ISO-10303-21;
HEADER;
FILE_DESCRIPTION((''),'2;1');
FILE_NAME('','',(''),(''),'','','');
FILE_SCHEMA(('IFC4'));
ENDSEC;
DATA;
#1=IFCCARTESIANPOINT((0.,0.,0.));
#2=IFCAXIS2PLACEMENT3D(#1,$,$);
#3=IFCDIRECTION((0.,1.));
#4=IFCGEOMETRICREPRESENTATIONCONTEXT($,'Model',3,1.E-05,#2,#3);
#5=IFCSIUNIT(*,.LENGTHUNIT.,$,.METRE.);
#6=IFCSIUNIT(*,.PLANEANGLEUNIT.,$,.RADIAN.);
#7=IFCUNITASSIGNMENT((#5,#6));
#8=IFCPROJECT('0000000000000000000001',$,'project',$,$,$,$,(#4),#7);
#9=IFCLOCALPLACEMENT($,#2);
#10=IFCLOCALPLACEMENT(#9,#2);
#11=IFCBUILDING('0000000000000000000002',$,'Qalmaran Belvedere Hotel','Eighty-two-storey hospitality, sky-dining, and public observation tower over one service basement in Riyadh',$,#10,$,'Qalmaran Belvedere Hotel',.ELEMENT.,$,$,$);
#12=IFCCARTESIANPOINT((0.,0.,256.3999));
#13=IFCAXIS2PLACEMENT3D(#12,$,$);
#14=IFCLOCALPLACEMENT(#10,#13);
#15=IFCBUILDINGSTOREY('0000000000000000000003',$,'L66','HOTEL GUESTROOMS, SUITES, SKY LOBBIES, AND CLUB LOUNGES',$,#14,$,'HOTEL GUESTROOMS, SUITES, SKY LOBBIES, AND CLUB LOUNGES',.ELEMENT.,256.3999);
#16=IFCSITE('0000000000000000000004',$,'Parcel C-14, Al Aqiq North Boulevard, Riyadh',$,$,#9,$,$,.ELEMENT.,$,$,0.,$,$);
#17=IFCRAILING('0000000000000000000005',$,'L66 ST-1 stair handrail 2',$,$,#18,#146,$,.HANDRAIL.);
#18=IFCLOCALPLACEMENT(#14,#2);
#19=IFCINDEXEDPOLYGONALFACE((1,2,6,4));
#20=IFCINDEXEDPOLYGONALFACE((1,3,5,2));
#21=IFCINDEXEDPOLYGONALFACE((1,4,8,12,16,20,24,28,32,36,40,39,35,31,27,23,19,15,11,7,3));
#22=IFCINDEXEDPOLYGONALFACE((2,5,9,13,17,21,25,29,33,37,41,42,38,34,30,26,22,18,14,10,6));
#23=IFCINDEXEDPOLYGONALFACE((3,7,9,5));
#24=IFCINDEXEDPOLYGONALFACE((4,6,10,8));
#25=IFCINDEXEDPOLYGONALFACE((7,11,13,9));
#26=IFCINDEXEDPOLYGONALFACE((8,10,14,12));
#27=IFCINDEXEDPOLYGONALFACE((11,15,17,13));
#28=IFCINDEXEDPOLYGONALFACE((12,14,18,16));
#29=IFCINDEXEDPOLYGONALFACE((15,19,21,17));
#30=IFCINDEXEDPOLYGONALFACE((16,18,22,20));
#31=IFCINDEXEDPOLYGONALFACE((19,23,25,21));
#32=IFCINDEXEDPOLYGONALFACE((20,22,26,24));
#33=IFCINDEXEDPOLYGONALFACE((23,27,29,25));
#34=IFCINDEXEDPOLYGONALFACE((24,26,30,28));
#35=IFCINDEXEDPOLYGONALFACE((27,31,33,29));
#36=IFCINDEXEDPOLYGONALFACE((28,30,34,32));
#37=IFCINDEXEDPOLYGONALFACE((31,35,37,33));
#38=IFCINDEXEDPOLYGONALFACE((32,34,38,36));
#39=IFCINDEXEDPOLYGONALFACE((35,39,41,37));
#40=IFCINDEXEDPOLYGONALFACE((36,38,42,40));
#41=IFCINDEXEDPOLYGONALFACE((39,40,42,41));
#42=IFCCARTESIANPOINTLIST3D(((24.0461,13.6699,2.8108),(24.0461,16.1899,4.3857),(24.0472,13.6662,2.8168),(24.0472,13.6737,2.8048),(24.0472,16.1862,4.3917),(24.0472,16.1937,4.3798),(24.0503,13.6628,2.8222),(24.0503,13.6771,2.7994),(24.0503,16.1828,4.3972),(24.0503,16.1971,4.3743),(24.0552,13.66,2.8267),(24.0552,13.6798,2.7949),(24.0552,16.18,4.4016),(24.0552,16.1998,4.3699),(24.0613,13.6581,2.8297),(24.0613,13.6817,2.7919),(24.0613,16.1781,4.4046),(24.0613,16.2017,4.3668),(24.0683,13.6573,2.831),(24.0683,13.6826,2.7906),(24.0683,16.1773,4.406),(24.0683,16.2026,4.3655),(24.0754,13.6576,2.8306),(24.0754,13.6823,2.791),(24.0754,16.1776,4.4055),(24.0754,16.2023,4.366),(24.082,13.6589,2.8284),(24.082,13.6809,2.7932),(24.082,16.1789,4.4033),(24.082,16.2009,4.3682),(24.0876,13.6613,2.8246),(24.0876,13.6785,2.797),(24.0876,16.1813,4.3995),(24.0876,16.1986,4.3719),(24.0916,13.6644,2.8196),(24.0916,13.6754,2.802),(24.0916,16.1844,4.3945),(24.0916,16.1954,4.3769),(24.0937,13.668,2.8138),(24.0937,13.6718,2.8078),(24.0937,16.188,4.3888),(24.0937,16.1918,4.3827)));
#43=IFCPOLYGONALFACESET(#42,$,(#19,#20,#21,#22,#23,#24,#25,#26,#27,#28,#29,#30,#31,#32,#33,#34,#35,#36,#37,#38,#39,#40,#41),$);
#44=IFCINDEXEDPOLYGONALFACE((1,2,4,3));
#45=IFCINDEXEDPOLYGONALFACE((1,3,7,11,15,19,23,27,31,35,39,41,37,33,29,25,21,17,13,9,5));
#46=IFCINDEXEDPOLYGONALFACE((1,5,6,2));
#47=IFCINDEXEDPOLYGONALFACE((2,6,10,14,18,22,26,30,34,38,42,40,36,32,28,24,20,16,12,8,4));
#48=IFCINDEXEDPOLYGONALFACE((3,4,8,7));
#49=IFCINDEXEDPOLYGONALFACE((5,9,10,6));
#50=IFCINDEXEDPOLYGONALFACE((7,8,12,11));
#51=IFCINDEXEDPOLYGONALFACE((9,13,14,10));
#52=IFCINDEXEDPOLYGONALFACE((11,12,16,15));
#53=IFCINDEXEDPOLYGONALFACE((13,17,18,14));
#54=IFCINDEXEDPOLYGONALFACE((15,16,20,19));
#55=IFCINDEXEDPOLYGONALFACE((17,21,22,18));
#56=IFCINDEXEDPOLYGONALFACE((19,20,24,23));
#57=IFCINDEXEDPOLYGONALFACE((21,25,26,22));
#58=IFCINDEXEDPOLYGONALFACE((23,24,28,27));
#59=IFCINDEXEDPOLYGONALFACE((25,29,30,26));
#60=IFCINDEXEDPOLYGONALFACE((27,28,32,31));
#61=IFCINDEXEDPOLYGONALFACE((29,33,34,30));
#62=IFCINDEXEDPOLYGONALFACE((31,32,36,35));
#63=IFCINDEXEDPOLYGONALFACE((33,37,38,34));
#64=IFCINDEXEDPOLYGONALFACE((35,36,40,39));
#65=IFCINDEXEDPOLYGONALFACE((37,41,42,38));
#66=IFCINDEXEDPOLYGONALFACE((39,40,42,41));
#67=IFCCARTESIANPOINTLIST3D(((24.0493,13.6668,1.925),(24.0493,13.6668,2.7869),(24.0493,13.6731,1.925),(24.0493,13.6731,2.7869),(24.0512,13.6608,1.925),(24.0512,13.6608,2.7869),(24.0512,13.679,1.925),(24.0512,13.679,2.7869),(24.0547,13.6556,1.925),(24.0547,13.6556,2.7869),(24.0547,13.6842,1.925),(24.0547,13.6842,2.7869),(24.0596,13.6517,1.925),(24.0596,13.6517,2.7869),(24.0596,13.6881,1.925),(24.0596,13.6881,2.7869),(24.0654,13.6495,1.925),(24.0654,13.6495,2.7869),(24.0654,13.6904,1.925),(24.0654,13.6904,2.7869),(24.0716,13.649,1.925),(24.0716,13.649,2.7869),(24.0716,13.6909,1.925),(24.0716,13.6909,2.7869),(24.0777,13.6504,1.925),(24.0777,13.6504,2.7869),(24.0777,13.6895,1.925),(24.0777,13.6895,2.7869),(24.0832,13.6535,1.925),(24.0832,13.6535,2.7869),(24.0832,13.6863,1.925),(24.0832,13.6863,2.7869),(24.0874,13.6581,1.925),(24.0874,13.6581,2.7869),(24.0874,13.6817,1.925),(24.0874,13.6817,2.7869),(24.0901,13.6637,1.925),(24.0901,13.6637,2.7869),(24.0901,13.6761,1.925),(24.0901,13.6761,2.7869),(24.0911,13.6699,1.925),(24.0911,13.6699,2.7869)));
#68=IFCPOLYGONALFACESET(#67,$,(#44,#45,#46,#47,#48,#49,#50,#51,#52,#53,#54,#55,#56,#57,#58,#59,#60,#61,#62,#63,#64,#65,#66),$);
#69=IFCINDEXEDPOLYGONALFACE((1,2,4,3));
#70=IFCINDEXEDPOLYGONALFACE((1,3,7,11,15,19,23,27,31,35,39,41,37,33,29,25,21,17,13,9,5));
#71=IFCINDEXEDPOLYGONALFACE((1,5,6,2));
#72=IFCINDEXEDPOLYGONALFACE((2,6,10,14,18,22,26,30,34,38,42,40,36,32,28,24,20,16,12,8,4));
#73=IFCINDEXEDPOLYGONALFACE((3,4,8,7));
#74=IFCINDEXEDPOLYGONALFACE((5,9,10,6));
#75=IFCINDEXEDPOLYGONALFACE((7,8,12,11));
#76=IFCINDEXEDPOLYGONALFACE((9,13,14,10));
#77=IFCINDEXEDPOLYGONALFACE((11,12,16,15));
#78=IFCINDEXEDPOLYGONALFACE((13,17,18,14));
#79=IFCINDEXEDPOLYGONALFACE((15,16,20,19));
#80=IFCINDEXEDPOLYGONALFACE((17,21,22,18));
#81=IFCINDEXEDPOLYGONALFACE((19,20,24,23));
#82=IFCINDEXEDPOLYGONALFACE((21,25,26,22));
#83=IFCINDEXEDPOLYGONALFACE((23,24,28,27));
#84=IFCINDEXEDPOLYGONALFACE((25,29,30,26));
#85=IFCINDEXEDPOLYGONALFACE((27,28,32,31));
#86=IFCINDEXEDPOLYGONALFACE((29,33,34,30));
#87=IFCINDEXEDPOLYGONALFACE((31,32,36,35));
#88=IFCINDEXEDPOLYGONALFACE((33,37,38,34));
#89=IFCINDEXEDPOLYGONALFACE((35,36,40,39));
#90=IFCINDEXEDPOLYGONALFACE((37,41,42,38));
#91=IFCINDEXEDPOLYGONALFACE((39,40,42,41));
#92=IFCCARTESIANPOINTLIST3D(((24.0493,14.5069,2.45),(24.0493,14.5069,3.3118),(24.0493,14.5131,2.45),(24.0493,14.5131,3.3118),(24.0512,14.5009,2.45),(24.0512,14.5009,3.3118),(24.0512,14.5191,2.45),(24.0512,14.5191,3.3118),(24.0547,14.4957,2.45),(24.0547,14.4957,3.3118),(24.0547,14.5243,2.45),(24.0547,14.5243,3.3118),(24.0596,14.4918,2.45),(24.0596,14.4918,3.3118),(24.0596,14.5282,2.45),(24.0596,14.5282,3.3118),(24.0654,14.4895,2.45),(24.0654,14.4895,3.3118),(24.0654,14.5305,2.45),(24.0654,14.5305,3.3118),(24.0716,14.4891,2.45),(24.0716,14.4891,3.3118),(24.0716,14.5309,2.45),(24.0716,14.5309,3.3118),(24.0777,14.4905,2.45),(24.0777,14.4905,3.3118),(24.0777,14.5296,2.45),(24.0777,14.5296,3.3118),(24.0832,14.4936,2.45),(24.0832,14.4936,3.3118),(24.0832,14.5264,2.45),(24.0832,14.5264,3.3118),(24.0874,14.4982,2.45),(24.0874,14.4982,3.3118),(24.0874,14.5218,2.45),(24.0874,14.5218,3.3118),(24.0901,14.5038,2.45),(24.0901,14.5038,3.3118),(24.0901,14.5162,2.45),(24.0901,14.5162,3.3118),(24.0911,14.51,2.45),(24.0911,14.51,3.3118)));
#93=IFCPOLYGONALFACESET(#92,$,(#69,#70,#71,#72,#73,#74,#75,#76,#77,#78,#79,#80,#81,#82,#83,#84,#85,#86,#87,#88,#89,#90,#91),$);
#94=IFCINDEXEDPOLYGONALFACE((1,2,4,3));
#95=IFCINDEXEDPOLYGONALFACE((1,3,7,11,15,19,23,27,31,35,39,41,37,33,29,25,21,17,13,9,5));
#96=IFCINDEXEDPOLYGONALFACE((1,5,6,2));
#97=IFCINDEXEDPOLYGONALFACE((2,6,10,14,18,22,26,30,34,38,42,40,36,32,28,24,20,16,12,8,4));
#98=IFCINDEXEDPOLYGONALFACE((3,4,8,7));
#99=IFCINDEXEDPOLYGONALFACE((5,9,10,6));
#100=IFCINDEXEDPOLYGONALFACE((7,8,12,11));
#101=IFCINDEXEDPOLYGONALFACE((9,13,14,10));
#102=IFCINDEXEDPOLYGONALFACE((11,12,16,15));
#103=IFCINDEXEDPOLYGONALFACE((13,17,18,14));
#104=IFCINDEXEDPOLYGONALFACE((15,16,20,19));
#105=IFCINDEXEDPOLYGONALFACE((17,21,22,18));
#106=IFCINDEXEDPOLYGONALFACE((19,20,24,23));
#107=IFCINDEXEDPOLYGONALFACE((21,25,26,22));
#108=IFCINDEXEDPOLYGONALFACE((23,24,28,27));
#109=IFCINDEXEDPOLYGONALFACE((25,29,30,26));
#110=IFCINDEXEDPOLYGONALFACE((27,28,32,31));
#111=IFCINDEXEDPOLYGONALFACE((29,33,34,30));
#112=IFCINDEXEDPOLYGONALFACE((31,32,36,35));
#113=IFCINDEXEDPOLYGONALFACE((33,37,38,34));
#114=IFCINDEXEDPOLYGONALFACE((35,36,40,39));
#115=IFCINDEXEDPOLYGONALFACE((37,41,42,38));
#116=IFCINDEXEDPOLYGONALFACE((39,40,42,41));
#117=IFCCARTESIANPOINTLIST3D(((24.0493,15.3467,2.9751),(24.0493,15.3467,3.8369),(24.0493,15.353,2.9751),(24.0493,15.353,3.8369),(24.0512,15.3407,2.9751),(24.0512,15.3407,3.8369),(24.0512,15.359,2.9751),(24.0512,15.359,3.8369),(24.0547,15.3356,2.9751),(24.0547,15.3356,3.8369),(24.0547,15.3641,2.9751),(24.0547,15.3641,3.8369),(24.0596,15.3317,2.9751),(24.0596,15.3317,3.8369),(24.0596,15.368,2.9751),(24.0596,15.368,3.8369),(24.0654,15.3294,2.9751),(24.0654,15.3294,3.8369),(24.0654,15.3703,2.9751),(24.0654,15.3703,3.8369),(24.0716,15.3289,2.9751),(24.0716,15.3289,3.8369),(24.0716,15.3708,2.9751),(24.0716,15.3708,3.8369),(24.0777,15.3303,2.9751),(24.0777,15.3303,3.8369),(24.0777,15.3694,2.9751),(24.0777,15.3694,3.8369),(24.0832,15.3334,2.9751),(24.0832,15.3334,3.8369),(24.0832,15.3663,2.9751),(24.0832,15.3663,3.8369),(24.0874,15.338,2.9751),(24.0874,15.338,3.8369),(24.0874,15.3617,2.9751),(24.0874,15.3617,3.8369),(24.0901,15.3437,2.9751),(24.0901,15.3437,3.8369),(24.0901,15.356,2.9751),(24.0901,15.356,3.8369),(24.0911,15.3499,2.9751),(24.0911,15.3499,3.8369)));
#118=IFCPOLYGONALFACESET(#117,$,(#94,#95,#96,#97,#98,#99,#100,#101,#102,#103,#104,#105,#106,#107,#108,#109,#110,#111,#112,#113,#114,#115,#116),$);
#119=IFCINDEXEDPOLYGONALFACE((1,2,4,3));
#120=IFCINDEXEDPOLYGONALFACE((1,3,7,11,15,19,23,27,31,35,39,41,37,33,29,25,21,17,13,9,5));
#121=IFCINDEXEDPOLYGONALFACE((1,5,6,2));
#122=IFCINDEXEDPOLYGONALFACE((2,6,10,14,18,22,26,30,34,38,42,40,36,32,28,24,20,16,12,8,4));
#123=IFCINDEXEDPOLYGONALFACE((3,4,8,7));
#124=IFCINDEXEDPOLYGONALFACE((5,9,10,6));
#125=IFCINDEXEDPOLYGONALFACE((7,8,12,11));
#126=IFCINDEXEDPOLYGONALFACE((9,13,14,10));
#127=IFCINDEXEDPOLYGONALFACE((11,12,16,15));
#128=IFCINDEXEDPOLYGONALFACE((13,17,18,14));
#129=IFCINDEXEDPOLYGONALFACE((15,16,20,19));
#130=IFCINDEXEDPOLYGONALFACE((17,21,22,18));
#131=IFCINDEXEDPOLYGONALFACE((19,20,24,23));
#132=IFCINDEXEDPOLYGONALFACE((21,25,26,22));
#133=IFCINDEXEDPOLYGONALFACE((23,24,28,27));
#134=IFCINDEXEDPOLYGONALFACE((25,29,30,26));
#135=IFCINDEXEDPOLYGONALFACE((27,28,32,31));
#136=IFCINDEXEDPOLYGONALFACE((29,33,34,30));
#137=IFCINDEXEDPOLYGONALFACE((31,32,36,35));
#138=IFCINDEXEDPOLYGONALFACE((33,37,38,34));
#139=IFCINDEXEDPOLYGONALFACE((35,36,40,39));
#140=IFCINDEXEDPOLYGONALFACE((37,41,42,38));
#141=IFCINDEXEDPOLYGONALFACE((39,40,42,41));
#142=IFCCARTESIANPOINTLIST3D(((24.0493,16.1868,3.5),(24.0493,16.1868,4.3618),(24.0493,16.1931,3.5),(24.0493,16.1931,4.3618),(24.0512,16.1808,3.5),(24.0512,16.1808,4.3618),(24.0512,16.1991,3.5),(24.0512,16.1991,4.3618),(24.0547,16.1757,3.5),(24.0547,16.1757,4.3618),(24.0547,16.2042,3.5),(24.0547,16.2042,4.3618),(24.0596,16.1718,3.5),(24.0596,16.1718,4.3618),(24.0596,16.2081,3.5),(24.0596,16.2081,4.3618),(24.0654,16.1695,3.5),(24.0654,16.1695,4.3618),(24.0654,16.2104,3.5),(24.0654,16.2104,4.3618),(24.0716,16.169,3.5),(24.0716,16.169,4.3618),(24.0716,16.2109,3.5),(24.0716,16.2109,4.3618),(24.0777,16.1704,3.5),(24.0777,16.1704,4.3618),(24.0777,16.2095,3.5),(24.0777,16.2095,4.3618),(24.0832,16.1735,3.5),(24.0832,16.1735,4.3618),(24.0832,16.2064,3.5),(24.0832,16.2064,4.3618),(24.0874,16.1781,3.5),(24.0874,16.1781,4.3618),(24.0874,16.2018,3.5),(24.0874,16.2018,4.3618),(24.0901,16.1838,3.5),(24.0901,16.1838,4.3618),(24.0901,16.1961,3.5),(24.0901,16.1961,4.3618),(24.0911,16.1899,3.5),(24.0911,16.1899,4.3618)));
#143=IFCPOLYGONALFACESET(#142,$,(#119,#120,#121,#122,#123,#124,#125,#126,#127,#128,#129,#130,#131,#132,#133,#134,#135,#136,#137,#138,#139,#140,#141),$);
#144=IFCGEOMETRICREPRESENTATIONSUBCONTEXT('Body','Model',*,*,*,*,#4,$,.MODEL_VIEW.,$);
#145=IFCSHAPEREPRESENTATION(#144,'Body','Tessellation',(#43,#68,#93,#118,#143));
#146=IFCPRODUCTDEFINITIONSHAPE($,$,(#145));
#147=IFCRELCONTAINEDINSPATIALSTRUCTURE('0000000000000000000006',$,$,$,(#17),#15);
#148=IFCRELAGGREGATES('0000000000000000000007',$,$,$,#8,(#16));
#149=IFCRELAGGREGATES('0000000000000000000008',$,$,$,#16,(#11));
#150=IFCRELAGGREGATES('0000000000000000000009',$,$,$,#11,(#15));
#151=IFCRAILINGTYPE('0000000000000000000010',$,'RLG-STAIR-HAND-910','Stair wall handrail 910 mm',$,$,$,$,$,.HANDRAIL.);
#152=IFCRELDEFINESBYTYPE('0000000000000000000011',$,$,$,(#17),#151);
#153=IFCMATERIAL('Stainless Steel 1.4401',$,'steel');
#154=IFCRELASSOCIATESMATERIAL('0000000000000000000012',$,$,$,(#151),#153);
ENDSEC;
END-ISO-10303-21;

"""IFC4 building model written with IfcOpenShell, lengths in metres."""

from ifc_helpers import new_model, si_unit, direction, frame, origin, origin_2d, place, context, subcontext, project, spatial, circle, extrude, material, type_object, element, save


model = new_model("IFC4")

# Units and contexts
model_context = context("Model", 3, precision=1e-05, world=origin(), true_north=direction((0.0, 1.0)))
body_context = subcontext(model_context, "Body", "Model", "MODEL_VIEW")
ifc_project = project(units=[si_unit("LENGTHUNIT", "METRE"), si_unit("PLANEANGLEUNIT", "RADIAN")], contexts=[model_context])

# Site, building, storey
site_placement = place(None, origin())
site = spatial("IfcSite", under=ifc_project, at=site_placement, Name="Parcel C-14, Al Aqiq North Boulevard, Riyadh", CompositionType="ELEMENT", RefElevation=0.0)
building_placement = place(site_placement, origin())
building = spatial("IfcBuilding", under=site, at=building_placement, Name="Qalmaran Belvedere Hotel", Description="Eighty-two-storey hospitality, sky-dining, and public observation tower over one service basement in Riyadh", LongName="Qalmaran Belvedere Hotel", CompositionType="ELEMENT")
storey_placement = place(building_placement, frame((0.0, 0.0, 256.3999)))
storey = spatial("IfcBuildingStorey", under=building, at=storey_placement, Name="L66", Description="HOTEL GUESTROOMS, SUITES, SKY LOBBIES, AND CLUB LOUNGES", LongName="HOTEL GUESTROOMS, SUITES, SKY LOBBIES, AND CLUB LOUNGES", CompositionType="ELEMENT", Elevation=256.3999)

# Shared definitions
ifc_material_1 = material(Name="Stainless Steel 1.4401", Category="steel")

# Railing
railing_type_1 = type_object("IfcRailingType", Name="RLG-STAIR-HAND-910", Description="Stair wall handrail 910 mm", PredefinedType="HANDRAIL", material=ifc_material_1)
railing_1_placement = place(storey_placement, frame((24.0701, 13.6699, 1.925)))
element("IfcRailing", 1, at=railing_1_placement, inside=storey, type_object=railing_type_1, Name="L66 ST-1 stair handrail 2", PredefinedType="HANDRAIL", context=body_context, shape_type="SweptSolid", body=[
    extrude(circle(Radius=0.0239, at=origin_2d()), frame((0.0, 0.0, 0.8857), z_axis=(0.0, 0.848008, 0.529984), x_axis=(-1.0, 0.0, 0.0)), (0.0, 0.0, 1.0), 2.9717),
    extrude(circle(Radius=0.021, at=origin_2d()), origin(), (0.0, 0.0, 1.0), 0.8618),
    extrude(circle(Radius=0.021, at=origin_2d()), frame((0.0, 0.8401, 0.5249)), (0.0, 0.0, 1.0), 0.8618),
    extrude(circle(Radius=0.021, at=origin_2d()), frame((0.0, 1.6799, 1.05)), (0.0, 0.0, 1.0), 0.8618),
    extrude(circle(Radius=0.021, at=origin_2d()), frame((0.0, 2.52, 1.575)), (0.0, 0.0, 1.0), 0.8618),
])

save(model, "model.ifc")
